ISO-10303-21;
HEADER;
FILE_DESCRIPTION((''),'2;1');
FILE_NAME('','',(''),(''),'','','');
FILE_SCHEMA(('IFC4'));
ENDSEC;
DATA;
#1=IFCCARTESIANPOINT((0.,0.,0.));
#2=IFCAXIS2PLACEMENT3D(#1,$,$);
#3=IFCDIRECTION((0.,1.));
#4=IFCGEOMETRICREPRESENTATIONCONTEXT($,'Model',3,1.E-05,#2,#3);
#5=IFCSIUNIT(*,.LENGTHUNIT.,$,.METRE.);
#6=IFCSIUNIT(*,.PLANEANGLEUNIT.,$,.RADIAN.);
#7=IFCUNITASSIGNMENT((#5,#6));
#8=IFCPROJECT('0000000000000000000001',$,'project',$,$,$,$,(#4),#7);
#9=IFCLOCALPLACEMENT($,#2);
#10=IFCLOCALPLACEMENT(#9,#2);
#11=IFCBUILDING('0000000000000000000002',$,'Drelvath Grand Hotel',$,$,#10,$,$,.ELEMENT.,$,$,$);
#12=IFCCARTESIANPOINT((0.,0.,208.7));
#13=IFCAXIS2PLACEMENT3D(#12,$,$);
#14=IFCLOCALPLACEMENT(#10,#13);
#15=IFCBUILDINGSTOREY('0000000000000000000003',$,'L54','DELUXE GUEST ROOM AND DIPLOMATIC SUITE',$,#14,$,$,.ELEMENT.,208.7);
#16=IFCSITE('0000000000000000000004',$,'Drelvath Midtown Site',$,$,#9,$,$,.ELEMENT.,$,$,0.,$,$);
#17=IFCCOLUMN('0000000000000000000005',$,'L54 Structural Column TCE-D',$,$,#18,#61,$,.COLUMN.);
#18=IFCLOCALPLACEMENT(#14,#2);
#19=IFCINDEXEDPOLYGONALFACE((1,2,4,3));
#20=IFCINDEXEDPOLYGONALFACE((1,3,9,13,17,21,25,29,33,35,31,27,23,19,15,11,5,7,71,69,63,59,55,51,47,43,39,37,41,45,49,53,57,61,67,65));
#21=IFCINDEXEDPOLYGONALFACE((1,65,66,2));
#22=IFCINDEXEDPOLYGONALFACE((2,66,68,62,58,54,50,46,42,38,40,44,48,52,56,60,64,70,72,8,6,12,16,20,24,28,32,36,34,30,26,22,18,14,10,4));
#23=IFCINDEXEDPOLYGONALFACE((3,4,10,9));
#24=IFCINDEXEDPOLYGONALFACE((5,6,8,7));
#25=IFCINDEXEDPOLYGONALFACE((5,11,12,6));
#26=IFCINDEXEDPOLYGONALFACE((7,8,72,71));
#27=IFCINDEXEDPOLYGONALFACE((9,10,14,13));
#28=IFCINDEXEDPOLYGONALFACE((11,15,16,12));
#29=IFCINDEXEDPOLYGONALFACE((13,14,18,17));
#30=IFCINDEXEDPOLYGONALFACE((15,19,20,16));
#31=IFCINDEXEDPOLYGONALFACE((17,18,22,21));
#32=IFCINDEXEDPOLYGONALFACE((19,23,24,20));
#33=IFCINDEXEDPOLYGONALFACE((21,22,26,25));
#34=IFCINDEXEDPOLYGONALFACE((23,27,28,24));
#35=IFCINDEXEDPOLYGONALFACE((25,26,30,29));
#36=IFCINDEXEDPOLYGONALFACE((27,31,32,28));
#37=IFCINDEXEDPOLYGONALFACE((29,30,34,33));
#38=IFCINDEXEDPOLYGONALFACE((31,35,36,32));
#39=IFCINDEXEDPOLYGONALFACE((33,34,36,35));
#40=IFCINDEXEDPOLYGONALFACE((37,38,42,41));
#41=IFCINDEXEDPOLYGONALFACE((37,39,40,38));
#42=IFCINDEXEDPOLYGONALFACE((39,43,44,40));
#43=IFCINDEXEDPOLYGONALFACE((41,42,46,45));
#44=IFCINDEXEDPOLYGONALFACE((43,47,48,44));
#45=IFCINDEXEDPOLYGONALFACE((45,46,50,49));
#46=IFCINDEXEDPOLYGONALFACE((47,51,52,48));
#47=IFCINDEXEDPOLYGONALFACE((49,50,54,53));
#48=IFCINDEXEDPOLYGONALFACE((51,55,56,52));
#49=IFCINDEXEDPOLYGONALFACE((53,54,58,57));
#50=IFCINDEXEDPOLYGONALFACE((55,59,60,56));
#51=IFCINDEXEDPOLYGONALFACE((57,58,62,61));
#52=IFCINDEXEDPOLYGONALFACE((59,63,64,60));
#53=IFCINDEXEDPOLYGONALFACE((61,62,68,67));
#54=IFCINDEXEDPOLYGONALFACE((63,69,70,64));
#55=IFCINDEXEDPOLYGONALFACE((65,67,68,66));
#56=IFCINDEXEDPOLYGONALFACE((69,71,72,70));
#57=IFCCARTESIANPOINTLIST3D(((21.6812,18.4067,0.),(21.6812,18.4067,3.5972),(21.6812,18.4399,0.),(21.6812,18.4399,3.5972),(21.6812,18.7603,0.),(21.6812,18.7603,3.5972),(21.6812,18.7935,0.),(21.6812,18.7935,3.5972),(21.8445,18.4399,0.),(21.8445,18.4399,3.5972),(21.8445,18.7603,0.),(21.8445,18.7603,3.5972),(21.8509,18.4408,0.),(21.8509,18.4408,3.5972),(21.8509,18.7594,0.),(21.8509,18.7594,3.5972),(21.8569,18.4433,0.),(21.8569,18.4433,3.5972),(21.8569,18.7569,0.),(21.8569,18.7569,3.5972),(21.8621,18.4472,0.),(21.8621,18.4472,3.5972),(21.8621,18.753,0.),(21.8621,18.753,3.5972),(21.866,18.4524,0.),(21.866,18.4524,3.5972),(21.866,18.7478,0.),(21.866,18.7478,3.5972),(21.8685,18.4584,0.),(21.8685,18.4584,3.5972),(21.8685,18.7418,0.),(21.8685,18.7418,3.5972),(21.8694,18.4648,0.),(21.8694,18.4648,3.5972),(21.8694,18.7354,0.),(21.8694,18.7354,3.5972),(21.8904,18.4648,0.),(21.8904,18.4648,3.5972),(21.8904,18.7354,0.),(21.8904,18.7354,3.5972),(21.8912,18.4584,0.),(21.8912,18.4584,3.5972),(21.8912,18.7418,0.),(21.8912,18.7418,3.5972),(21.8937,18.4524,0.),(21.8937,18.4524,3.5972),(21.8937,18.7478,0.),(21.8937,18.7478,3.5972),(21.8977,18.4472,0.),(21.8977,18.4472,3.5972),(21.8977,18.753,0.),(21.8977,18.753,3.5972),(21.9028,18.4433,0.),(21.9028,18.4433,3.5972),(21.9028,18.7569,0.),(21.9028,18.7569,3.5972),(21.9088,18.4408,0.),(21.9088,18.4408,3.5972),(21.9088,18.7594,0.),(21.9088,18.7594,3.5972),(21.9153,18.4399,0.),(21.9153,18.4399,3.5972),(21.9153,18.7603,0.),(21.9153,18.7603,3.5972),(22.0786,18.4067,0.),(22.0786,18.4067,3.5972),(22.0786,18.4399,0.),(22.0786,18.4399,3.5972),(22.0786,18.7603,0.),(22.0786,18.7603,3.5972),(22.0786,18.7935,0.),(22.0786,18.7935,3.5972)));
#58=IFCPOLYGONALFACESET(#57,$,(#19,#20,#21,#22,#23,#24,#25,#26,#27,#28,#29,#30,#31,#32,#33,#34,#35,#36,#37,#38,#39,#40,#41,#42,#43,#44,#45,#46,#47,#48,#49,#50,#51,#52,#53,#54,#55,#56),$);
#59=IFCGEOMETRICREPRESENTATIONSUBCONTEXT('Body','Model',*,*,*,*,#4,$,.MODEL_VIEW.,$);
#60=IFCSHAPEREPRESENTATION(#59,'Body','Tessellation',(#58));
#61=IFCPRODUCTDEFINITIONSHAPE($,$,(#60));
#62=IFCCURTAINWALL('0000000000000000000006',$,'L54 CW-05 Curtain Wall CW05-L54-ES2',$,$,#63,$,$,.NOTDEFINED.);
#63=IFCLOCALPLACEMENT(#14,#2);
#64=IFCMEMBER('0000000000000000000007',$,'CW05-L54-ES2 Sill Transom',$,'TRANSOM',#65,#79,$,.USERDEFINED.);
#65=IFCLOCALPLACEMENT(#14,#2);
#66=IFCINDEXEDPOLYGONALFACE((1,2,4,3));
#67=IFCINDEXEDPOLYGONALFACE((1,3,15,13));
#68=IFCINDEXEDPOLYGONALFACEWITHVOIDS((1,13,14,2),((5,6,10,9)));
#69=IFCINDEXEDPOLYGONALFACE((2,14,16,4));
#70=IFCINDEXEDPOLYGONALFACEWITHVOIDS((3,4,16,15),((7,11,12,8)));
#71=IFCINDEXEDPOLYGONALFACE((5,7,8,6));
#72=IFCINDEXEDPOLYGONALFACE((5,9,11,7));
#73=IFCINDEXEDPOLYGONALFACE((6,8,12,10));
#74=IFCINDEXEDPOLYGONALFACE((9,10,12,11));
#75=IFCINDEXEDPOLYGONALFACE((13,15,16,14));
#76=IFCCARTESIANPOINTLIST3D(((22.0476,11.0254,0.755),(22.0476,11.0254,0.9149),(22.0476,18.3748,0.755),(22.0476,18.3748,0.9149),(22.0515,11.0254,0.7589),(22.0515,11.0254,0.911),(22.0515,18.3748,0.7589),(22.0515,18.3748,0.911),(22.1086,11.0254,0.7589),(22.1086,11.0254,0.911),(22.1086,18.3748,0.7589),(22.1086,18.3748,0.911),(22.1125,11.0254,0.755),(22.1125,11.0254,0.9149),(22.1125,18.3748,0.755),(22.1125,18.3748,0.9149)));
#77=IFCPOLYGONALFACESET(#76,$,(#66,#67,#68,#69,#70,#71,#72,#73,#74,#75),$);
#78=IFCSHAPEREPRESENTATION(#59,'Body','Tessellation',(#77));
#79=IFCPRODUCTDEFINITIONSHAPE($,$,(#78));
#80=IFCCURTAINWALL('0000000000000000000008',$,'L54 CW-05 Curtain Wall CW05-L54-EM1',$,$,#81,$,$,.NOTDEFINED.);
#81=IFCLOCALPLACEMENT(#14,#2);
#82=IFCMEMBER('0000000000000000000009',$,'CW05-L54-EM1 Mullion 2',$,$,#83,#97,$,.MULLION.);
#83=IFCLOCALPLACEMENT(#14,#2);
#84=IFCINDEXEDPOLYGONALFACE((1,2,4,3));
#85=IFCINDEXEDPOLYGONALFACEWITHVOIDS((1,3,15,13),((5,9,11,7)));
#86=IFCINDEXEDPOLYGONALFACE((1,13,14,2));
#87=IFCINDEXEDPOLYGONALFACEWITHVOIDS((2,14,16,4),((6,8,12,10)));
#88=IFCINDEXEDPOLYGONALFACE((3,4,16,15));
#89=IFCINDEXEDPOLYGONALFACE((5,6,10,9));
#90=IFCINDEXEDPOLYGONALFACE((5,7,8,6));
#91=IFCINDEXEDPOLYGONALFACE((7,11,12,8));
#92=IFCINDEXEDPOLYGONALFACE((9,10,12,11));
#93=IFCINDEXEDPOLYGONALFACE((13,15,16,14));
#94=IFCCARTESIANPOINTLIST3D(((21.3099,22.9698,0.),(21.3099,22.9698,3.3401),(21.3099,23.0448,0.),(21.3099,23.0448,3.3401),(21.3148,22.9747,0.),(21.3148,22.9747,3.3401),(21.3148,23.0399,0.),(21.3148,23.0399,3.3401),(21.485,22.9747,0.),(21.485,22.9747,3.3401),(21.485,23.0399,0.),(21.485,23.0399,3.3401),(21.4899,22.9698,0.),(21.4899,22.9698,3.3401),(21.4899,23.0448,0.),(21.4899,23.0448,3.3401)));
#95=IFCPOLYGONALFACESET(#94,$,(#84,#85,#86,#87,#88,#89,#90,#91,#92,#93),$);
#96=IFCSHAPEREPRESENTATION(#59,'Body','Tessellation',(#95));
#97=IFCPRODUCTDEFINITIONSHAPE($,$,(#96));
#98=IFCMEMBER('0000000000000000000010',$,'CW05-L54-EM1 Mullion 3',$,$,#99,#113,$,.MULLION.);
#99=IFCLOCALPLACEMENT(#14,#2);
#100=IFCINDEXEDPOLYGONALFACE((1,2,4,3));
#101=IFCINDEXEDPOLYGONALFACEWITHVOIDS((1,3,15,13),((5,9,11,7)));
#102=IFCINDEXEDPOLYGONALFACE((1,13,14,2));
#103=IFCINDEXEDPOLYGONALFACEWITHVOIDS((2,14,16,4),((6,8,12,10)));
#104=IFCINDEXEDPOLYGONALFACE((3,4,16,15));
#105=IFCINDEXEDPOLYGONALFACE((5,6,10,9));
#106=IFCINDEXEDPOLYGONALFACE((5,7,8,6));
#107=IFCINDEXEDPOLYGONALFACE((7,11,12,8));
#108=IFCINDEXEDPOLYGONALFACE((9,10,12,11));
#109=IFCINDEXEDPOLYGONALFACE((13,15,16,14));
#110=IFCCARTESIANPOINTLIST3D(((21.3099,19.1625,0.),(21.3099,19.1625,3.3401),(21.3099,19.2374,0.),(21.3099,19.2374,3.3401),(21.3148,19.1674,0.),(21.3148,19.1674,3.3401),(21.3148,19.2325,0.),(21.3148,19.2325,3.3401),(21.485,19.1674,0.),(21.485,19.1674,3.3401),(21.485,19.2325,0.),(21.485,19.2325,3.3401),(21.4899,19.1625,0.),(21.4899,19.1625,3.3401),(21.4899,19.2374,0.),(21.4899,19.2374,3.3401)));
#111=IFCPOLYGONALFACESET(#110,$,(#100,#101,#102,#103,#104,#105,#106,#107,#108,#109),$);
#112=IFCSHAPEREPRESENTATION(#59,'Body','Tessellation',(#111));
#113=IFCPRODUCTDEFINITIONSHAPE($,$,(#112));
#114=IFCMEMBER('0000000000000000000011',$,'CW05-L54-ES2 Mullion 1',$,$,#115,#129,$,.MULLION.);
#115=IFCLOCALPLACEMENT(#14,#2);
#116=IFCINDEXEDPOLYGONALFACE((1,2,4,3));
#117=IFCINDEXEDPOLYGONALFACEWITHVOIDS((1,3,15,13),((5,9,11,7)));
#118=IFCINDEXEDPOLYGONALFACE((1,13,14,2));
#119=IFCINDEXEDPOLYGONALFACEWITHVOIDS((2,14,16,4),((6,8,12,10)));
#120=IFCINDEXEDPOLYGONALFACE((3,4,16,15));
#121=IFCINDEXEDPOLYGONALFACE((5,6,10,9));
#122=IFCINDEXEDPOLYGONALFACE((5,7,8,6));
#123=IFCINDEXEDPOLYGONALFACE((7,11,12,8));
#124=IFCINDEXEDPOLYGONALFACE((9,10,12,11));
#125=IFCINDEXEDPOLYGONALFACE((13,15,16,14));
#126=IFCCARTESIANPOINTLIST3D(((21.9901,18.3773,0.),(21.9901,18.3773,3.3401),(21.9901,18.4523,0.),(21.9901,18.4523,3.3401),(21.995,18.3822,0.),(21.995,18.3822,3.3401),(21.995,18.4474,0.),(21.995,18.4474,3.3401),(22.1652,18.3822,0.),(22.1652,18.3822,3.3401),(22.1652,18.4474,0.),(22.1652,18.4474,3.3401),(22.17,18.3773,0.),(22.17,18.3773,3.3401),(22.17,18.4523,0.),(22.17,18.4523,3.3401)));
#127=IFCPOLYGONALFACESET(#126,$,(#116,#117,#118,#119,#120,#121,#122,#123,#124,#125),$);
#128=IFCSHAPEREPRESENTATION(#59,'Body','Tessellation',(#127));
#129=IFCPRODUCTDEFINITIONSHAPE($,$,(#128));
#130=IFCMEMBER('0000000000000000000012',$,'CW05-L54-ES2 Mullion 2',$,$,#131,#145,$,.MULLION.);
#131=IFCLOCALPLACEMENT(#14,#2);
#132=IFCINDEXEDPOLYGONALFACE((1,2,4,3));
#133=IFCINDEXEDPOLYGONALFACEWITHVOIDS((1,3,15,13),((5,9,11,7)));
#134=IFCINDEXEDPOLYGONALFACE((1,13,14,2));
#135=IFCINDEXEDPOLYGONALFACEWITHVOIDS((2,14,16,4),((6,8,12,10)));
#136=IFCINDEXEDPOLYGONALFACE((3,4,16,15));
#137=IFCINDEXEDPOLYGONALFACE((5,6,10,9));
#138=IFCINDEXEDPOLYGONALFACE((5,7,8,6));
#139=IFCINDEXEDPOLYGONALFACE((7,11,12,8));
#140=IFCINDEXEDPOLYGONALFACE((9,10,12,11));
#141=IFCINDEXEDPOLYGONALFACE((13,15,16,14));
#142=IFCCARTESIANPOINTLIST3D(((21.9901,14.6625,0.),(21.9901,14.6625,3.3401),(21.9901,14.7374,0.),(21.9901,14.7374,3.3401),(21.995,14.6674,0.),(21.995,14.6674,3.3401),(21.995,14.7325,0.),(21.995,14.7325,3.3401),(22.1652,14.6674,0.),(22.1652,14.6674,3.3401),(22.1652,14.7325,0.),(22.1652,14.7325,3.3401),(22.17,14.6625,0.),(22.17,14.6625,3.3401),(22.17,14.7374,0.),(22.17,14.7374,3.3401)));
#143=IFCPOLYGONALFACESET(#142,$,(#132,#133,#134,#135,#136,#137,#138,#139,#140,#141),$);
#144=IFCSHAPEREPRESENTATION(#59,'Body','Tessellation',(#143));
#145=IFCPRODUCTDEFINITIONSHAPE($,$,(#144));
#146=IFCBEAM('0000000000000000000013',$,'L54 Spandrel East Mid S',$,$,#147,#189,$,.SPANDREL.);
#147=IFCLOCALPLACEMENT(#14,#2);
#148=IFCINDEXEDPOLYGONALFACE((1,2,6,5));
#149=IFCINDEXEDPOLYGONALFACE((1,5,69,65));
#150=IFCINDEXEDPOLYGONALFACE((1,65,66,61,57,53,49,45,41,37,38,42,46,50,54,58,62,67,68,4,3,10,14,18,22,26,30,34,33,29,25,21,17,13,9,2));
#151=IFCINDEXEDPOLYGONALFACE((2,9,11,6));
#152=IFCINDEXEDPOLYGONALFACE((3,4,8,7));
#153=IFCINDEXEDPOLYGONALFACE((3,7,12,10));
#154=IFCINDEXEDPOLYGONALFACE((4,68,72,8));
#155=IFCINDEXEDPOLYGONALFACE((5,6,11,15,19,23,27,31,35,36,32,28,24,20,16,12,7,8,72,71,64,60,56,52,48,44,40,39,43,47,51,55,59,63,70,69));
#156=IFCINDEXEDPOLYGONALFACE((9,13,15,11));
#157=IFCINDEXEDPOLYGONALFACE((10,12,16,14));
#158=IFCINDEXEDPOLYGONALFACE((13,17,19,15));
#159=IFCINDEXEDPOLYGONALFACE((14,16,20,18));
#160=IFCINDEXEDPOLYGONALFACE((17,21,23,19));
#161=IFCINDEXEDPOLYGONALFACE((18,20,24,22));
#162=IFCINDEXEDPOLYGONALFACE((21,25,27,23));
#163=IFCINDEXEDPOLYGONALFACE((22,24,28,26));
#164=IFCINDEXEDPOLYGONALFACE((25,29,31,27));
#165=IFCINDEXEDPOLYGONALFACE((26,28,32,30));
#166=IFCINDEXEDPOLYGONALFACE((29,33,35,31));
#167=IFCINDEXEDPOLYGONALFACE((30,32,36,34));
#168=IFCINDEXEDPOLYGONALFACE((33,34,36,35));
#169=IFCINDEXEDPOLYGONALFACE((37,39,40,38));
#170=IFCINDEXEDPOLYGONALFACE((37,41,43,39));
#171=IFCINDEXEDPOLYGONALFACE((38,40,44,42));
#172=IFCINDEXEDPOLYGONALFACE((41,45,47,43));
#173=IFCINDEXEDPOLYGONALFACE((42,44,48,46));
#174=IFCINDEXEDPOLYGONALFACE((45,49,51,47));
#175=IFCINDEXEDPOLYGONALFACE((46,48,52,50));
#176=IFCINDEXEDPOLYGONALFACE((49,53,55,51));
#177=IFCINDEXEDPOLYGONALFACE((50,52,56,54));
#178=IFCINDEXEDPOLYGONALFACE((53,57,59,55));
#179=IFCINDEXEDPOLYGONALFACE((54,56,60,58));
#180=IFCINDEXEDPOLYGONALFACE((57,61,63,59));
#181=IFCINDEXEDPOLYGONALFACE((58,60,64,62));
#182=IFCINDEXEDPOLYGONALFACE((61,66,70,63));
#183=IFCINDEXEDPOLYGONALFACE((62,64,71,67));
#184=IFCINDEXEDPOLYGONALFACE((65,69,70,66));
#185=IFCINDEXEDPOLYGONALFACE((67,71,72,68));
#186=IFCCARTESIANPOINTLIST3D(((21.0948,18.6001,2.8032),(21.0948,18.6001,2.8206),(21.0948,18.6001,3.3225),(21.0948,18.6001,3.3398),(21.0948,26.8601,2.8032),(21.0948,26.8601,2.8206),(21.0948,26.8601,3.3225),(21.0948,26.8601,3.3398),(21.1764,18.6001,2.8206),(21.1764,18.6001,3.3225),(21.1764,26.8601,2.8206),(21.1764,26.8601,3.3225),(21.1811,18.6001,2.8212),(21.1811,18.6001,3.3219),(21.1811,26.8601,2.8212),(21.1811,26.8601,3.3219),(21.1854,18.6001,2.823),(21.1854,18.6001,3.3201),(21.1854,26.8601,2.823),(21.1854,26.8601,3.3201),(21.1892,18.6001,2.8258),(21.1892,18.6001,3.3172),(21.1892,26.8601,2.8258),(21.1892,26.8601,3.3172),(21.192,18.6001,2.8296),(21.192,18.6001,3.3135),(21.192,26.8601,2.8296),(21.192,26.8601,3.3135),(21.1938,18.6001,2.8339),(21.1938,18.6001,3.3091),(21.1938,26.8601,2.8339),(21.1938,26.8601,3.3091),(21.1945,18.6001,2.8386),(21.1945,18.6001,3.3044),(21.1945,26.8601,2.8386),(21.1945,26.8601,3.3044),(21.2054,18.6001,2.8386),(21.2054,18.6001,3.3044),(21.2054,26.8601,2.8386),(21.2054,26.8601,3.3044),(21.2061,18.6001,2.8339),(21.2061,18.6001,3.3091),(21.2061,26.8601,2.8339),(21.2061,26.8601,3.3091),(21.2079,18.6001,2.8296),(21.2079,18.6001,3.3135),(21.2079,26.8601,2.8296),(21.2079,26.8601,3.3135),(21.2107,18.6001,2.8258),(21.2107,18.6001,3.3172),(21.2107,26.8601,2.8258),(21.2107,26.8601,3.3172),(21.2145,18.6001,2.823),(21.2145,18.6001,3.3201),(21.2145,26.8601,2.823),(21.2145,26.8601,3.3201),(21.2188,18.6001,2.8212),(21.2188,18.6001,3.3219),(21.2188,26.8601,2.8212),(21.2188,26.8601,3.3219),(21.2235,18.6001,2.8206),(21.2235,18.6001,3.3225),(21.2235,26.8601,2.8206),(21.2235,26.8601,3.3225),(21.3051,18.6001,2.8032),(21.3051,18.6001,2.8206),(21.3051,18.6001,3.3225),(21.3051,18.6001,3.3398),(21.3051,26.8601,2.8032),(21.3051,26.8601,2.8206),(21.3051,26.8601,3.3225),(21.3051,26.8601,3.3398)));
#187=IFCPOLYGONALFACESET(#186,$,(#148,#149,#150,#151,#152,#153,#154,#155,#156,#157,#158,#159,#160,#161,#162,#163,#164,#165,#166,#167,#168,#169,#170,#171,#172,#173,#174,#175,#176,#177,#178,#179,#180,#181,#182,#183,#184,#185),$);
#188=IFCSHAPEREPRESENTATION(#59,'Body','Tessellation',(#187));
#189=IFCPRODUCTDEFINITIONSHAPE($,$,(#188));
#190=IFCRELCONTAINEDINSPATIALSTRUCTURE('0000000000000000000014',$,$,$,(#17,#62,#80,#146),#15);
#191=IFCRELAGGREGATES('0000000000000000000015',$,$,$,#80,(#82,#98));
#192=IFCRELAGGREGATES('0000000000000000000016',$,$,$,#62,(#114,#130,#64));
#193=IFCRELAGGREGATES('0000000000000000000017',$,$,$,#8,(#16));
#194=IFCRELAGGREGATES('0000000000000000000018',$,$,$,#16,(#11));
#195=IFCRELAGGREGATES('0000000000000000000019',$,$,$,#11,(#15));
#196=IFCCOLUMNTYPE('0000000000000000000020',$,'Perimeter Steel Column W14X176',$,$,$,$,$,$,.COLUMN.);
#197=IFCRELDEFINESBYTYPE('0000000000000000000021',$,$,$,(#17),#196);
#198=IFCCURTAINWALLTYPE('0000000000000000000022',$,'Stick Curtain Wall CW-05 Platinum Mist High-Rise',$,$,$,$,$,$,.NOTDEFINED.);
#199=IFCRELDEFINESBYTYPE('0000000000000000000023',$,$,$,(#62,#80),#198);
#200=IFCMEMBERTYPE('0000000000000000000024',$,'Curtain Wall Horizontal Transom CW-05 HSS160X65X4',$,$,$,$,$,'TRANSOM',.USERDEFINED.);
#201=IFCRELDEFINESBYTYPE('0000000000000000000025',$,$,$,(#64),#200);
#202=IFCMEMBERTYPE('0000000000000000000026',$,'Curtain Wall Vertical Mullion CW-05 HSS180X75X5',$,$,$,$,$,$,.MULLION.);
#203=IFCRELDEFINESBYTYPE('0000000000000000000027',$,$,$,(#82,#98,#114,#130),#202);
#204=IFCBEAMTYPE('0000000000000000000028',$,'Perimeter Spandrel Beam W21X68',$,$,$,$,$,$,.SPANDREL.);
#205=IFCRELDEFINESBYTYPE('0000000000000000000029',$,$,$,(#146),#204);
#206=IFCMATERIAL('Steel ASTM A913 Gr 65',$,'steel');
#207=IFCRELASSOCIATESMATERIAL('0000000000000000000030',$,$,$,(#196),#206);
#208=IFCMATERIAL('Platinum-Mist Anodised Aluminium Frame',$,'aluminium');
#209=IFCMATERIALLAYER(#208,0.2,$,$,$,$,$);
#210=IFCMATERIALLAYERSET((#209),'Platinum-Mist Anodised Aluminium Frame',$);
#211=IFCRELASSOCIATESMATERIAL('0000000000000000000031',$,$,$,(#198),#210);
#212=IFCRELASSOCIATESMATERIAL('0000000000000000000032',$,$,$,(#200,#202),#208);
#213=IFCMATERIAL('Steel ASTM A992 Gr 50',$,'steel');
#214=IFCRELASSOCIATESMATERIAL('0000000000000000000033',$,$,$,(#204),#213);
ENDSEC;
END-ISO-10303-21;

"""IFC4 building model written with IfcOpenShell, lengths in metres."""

from ifc_helpers import new_model, si_unit, direction, frame, origin, origin_2d, place, context, subcontext, project, spatial, hollow_rectangle, i_section, extrude, material, layer, layer_set, material_profile, profile_set, type_object, element, aggregate, save


model = new_model("IFC4")

# Units and contexts
model_context = context("Model", 3, precision=1e-05, world=origin(), true_north=direction((0.0, 1.0)))
body_context = subcontext(model_context, "Body", "Model", "MODEL_VIEW")
ifc_project = project(units=[si_unit("LENGTHUNIT", "METRE"), si_unit("PLANEANGLEUNIT", "RADIAN")], contexts=[model_context])

# Site, building, storey
site_placement = place(None, origin())
site = spatial("IfcSite", under=ifc_project, at=site_placement, Name="Drelvath Midtown Site", CompositionType="ELEMENT", RefElevation=0.0)
building_placement = place(site_placement, origin())
building = spatial("IfcBuilding", under=site, at=building_placement, Name="Drelvath Grand Hotel", CompositionType="ELEMENT")
storey_placement = place(building_placement, frame((0.0, 0.0, 208.7)))
storey = spatial("IfcBuildingStorey", under=building, at=storey_placement, Name="L54", Description="DELUXE GUEST ROOM AND DIPLOMATIC SUITE", CompositionType="ELEMENT", Elevation=208.7)

# Column
ifc_material_1 = material(Name="Steel ASTM A913 Gr 65", Category="steel")
ifc_material_profile_1 = material_profile(ifc_material_1, i_section(OverallWidth=0.3975, OverallDepth=0.3867, WebThickness=0.021, FlangeThickness=0.0332, FilletRadius=0.0249, at=origin_2d()), Name="W14X176")
ifc_profile_set_1 = profile_set([ifc_material_profile_1], Name="Steel ASTM A913 Gr 65")
column_type = type_object("IfcColumnType", Name="Perimeter Steel Column W14X176", PredefinedType="COLUMN", material=ifc_profile_set_1)
column_placement = place(storey_placement, frame((21.8799, 18.6001, 0.0), z_axis=(0.0, 0.0, 1.0), x_axis=(1.0, 0.0, 0.0)))
element("IfcColumn", 1, at=column_placement, inside=storey, type_object=column_type, Name="L54 Structural Column TCE-D", PredefinedType="COLUMN", context=body_context, shape_type="SweptSolid", body=[
    extrude(i_section(OverallWidth=0.3975, OverallDepth=0.3867, WebThickness=0.021, FlangeThickness=0.0332, FilletRadius=0.0249, at=origin_2d()), origin(), (0.0, 0.0, 1.0), 3.5972),
])

# Curtain wall, member
ifc_material_2 = material(Name="Platinum-Mist Anodised Aluminium Frame", Category="aluminium")
ifc_layer_1 = layer(ifc_material_2, 0.2)
ifc_layer_set_1 = layer_set([ifc_layer_1], Name="Platinum-Mist Anodised Aluminium Frame")
curtain_wall_type = type_object("IfcCurtainWallType", Name="Stick Curtain Wall CW-05 Platinum Mist High-Rise", PredefinedType="NOTDEFINED", material=ifc_layer_set_1)
curtain_wall_1_placement = place(storey_placement, origin())
curtain_wall_1 = element("IfcCurtainWall", 2, at=curtain_wall_1_placement, inside=storey, type_object=curtain_wall_type, Name="L54 CW-05 Curtain Wall CW05-L54-ES2", PredefinedType="NOTDEFINED")
ifc_material_profile_2 = material_profile(ifc_material_2, hollow_rectangle(XDim=0.0649, YDim=0.1599, WallThickness=0.0039, at=origin_2d()), Name="HSS160X65X4")
ifc_profile_set_2 = profile_set([ifc_material_profile_2], Name="Platinum-Mist Anodised Aluminium Frame")
member_type_1 = type_object("IfcMemberType", Name="Curtain Wall Horizontal Transom CW-05 HSS160X65X4", ElementType="TRANSOM", PredefinedType="USERDEFINED", material=ifc_profile_set_2)
member_1_placement = place(storey_placement, frame((22.0801, 18.3748, 0.835), z_axis=(0.0, -1.0, 0.0), x_axis=(1.0, 0.0, 0.0)))
member_1 = element("IfcMember", 3, at=member_1_placement, type_object=member_type_1, Name="CW05-L54-ES2 Sill Transom", ObjectType="TRANSOM", PredefinedType="USERDEFINED", context=body_context, shape_type="SweptSolid", body=[
    extrude(hollow_rectangle(XDim=0.0649, YDim=0.1599, WallThickness=0.0039, at=origin_2d()), origin(), (0.0, 0.0, 1.0), 7.3494),
])

# Curtain wall, members
curtain_wall_2_placement = place(storey_placement, origin())
curtain_wall_2 = element("IfcCurtainWall", 4, at=curtain_wall_2_placement, inside=storey, type_object=curtain_wall_type, Name="L54 CW-05 Curtain Wall CW05-L54-EM1", PredefinedType="NOTDEFINED")
ifc_material_profile_3 = material_profile(ifc_material_2, hollow_rectangle(XDim=0.075, YDim=0.1799, WallThickness=0.0049, at=origin_2d()), Name="HSS180X75X5")
ifc_profile_set_3 = profile_set([ifc_material_profile_3], Name="Platinum-Mist Anodised Aluminium Frame")
member_type_2 = type_object("IfcMemberType", Name="Curtain Wall Vertical Mullion CW-05 HSS180X75X5", PredefinedType="MULLION", material=ifc_profile_set_3)
member_2_placement = place(storey_placement, frame((21.3999, 23.0073, 0.0), z_axis=(0.0, 0.0, 1.0), x_axis=(0.0, 1.0, 0.0)))
member_2 = element("IfcMember", 5, at=member_2_placement, type_object=member_type_2, Name="CW05-L54-EM1 Mullion 2", PredefinedType="MULLION", context=body_context, shape_type="SweptSolid", body=[
    extrude(hollow_rectangle(XDim=0.075, YDim=0.1799, WallThickness=0.0049, at=origin_2d()), origin(), (0.0, 0.0, 1.0), 3.3401),
])
member_3_placement = place(storey_placement, frame((21.3999, 19.2, 0.0), z_axis=(0.0, 0.0, 1.0), x_axis=(0.0, 1.0, 0.0)))
member_3 = element("IfcMember", 6, at=member_3_placement, type_object=member_type_2, Name="CW05-L54-EM1 Mullion 3", PredefinedType="MULLION", context=body_context, shape_type="SweptSolid", body=[
    extrude(hollow_rectangle(XDim=0.075, YDim=0.1799, WallThickness=0.0049, at=origin_2d()), origin(), (0.0, 0.0, 1.0), 3.3401),
])

# Members
member_4_placement = place(storey_placement, frame((22.0801, 18.4148, 0.0), z_axis=(0.0, 0.0, 1.0), x_axis=(0.0, 1.0, 0.0)))
member_4 = element("IfcMember", 7, at=member_4_placement, type_object=member_type_2, Name="CW05-L54-ES2 Mullion 1", PredefinedType="MULLION", context=body_context, shape_type="SweptSolid", body=[
    extrude(hollow_rectangle(XDim=0.075, YDim=0.1799, WallThickness=0.0049, at=origin_2d()), origin(), (0.0, 0.0, 1.0), 3.3401),
])
member_5_placement = place(storey_placement, frame((22.0801, 14.7, 0.0), z_axis=(0.0, 0.0, 1.0), x_axis=(0.0, 1.0, 0.0)))
member_5 = element("IfcMember", 8, at=member_5_placement, type_object=member_type_2, Name="CW05-L54-ES2 Mullion 2", PredefinedType="MULLION", context=body_context, shape_type="SweptSolid", body=[
    extrude(hollow_rectangle(XDim=0.075, YDim=0.1799, WallThickness=0.0049, at=origin_2d()), origin(), (0.0, 0.0, 1.0), 3.3401),
])

# Beam
ifc_material_3 = material(Name="Steel ASTM A992 Gr 50", Category="steel")
ifc_material_profile_4 = material_profile(ifc_material_3, i_section(OverallWidth=0.2102, OverallDepth=0.5366, WebThickness=0.011, FlangeThickness=0.0173, FilletRadius=0.0181, at=origin_2d()), Name="W21X68")
ifc_profile_set_4 = profile_set([ifc_material_profile_4], Name="Steel ASTM A992 Gr 50")
beam_type_1 = type_object("IfcBeamType", Name="Perimeter Spandrel Beam W21X68", PredefinedType="SPANDREL", material=ifc_profile_set_4)
beam_1_placement = place(storey_placement, frame((21.2, 18.6001, 3.0715), z_axis=(0.0, 1.0, 0.0), x_axis=(-1.0, 0.0, 0.0)))
element("IfcBeam", 9, at=beam_1_placement, inside=storey, type_object=beam_type_1, Name="L54 Spandrel East Mid S", PredefinedType="SPANDREL", context=body_context, shape_type="SweptSolid", body=[
    extrude(i_section(OverallWidth=0.2102, OverallDepth=0.5366, WebThickness=0.011, FlangeThickness=0.0173, FilletRadius=0.0181, at=origin_2d()), origin(), (0.0, 0.0, 1.0), 8.26),
])

aggregate(curtain_wall_2, [member_2, member_3])
aggregate(curtain_wall_1, [member_4, member_5, member_1])

save(model, "model.ifc")
